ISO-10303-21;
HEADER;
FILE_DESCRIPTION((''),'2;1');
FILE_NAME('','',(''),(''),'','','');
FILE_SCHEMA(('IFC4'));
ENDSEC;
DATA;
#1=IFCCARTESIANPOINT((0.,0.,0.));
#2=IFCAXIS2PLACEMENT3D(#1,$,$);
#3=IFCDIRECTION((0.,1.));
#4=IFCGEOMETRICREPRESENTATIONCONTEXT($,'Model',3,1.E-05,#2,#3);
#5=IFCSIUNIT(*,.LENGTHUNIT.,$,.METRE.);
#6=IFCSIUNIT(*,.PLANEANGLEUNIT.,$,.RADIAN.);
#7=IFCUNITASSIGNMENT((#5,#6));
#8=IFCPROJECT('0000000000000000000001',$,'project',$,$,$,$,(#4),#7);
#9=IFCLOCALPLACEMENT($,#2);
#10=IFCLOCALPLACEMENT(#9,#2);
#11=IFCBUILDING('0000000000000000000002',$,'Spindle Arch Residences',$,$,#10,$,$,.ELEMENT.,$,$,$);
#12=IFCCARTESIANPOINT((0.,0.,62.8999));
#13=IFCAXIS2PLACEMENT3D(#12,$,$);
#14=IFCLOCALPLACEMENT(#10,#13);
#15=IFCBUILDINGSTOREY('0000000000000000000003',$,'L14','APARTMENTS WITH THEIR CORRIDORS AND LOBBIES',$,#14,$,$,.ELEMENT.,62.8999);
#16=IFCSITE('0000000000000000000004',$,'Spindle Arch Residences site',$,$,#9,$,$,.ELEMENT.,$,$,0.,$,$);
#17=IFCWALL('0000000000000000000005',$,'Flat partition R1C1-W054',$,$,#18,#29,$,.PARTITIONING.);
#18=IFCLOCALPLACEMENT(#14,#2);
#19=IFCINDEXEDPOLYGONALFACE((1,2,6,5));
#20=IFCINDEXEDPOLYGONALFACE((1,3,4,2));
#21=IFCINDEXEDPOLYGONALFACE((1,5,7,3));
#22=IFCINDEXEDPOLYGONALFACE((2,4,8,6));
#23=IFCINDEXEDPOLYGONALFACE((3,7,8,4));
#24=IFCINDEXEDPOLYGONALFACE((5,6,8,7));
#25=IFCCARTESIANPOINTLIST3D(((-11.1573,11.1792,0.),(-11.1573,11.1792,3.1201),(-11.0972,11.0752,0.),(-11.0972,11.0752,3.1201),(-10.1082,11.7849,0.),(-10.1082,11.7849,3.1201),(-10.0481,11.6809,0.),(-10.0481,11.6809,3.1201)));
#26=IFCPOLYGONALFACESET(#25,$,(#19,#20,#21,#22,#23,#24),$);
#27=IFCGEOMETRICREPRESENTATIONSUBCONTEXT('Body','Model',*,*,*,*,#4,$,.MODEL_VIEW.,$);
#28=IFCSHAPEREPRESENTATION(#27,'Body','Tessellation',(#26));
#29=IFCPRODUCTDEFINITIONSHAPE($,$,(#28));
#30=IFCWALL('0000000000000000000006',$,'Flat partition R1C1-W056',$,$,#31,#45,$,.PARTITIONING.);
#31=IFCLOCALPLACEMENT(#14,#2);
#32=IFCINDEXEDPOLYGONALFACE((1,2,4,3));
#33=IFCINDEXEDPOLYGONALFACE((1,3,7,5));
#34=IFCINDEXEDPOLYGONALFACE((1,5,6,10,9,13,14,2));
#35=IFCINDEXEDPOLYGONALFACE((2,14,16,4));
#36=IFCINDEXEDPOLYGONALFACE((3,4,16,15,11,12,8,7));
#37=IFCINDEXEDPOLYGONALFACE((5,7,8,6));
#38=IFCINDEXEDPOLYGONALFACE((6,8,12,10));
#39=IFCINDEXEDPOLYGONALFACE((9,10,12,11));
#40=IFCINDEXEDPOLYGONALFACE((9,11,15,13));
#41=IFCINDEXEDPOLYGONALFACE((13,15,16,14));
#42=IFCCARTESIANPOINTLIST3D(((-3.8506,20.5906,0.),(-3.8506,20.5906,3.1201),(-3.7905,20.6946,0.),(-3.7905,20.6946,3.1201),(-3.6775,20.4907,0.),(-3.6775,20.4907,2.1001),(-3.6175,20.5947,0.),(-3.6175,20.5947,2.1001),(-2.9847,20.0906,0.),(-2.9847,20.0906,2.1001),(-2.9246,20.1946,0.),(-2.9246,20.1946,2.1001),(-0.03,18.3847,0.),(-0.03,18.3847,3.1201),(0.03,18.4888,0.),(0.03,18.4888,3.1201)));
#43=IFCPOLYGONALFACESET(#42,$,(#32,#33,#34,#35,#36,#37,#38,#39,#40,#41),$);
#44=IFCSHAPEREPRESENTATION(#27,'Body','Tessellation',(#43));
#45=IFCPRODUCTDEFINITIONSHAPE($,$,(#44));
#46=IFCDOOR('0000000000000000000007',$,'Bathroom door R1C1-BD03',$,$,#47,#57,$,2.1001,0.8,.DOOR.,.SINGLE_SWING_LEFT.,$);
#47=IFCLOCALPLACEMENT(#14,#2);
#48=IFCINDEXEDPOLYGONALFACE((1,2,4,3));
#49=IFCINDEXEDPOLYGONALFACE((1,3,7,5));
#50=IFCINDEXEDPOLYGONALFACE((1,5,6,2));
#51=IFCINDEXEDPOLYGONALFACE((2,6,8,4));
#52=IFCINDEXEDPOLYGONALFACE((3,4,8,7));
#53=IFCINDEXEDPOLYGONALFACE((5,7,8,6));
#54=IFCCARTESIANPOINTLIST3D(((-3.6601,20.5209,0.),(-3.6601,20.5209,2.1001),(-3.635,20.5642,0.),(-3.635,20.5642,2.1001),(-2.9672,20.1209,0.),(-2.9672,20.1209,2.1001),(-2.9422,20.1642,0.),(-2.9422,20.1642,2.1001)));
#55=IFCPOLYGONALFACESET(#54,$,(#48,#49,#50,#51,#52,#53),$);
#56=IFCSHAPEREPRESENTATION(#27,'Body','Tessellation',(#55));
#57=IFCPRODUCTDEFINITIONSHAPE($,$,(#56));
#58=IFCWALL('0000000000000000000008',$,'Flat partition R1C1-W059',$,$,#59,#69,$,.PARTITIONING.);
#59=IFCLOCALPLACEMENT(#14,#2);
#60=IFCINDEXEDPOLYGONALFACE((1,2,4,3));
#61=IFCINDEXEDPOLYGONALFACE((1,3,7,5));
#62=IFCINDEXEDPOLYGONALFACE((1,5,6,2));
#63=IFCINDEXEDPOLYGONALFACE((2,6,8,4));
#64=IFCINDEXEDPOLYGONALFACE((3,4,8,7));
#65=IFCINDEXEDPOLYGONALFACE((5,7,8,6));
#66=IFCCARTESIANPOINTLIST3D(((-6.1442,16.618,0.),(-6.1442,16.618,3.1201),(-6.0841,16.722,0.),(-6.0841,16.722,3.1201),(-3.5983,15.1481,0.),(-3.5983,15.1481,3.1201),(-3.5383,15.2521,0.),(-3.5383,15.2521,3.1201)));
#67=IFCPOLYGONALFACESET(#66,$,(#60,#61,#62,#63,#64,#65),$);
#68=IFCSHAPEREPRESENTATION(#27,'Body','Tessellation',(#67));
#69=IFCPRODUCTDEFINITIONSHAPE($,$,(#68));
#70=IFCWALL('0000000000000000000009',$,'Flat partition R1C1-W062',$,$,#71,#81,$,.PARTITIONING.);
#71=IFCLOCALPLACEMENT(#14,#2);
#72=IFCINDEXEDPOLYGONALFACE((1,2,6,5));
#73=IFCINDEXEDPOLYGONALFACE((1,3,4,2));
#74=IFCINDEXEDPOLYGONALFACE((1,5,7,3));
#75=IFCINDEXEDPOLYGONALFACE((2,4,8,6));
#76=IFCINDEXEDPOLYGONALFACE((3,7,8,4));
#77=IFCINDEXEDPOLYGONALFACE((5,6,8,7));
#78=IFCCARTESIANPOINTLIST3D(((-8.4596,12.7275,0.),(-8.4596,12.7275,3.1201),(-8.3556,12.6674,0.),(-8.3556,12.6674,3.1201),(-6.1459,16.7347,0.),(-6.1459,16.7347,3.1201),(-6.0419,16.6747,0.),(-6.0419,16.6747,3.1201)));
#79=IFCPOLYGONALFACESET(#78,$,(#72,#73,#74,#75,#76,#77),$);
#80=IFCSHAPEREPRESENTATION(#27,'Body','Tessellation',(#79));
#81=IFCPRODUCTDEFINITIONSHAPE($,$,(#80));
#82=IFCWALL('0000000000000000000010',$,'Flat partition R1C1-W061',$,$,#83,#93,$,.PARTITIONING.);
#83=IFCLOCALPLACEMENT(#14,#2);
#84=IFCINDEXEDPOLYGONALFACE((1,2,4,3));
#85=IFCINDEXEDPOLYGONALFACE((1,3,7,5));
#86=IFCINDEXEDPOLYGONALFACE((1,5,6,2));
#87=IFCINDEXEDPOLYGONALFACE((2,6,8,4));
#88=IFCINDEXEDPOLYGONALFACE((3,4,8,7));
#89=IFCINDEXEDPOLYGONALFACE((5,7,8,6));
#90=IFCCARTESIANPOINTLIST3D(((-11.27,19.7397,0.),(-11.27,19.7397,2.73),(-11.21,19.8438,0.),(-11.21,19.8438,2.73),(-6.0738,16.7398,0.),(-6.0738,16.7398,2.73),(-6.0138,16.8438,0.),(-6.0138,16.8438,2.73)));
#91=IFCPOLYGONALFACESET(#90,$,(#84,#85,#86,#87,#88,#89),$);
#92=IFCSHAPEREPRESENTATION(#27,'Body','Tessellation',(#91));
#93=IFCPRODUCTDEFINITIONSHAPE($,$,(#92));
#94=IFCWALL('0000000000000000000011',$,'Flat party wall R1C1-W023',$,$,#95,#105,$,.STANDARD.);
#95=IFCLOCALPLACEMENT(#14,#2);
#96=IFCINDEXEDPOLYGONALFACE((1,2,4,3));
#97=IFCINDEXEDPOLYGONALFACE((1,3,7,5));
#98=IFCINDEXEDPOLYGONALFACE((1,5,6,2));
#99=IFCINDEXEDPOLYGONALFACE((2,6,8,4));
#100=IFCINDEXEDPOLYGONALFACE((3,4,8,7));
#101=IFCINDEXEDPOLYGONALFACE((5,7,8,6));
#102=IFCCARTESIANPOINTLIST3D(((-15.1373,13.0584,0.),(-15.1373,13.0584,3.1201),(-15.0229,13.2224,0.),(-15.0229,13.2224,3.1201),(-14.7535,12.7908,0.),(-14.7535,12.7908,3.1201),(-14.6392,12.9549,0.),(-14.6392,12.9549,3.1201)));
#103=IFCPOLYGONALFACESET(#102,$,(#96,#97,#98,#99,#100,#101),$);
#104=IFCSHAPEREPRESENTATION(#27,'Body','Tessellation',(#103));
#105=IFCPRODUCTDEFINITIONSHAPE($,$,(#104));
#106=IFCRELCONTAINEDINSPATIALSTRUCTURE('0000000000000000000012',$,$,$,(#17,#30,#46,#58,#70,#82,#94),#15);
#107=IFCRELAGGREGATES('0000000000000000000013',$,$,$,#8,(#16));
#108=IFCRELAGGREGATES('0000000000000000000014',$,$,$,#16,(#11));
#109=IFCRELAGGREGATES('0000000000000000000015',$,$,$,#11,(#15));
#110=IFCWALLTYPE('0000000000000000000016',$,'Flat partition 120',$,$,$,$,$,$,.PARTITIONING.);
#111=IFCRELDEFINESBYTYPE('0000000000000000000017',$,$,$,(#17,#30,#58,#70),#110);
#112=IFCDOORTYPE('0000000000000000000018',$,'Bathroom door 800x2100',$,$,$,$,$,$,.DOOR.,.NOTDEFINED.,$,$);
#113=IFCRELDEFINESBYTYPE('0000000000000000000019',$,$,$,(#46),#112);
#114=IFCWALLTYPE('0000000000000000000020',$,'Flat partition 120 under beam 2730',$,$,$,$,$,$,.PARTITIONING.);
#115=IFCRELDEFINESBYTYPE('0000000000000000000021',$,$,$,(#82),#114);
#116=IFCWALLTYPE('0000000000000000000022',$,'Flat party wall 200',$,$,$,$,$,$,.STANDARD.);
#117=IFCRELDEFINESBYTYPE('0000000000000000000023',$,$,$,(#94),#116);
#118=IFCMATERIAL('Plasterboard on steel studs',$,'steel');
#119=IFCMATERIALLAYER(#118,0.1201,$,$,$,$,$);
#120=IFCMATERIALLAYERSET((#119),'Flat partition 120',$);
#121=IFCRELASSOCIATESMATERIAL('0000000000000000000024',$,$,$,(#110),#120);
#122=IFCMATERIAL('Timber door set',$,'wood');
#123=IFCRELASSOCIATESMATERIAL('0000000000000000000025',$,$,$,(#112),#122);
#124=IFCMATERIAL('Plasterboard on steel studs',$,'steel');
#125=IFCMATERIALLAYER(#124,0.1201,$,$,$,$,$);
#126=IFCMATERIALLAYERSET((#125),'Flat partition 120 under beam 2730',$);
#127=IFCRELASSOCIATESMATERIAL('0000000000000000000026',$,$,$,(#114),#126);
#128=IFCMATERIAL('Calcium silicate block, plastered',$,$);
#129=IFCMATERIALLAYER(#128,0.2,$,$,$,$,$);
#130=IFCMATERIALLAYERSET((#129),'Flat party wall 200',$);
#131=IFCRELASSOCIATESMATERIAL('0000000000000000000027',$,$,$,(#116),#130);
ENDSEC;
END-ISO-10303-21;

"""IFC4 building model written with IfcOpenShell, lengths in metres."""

from ifc_helpers import new_model, si_unit, direction, frame, frame_2d, origin, place, context, subcontext, project, spatial, rectangle, extrude, material, layer, layer_set, type_object, element, fill, save


model = new_model("IFC4")

# Units and contexts
model_context = context("Model", 3, precision=1e-05, world=origin(), true_north=direction((0.0, 1.0)))
body_context = subcontext(model_context, "Body", "Model", "MODEL_VIEW")
ifc_project = project(units=[si_unit("LENGTHUNIT", "METRE"), si_unit("PLANEANGLEUNIT", "RADIAN")], contexts=[model_context])

# Site, building, storey
site_placement = place(None, origin())
site = spatial("IfcSite", under=ifc_project, at=site_placement, Name="Spindle Arch Residences site", CompositionType="ELEMENT", RefElevation=0.0)
building_placement = place(site_placement, origin())
building = spatial("IfcBuilding", under=site, at=building_placement, Name="Spindle Arch Residences", CompositionType="ELEMENT")
storey_placement = place(building_placement, frame((0.0, 0.0, 62.8999)))
storey = spatial("IfcBuildingStorey", under=building, at=storey_placement, Name="L14", Description="APARTMENTS WITH THEIR CORRIDORS AND LOBBIES", CompositionType="ELEMENT", Elevation=62.8999)

# Shared definitions
ifc_material_1 = material(Name="Plasterboard on steel studs", Category="steel")
ifc_layer_1 = layer(ifc_material_1, 0.1201)
ifc_layer_set_1 = layer_set([ifc_layer_1], Name="Flat partition 120")
wall_type_1 = type_object("IfcWallType", Name="Flat partition 120", PredefinedType="PARTITIONING", material=ifc_layer_set_1)
ifc_material_2 = material(Name="Timber door set", Category="wood")
door_type_1 = type_object("IfcDoorType", Name="Bathroom door 800x2100", OperationType="NOTDEFINED", PredefinedType="DOOR", material=ifc_material_2)

# Wall
wall_1_placement = place(storey_placement, frame((-10.0781, 11.7329, 0.0), z_axis=(0.0, 0.0, 1.0), x_axis=(-0.866014, -0.500019, 0.0)))
element("IfcWall", 1, at=wall_1_placement, inside=storey, type_object=wall_type_1, Name="Flat partition R1C1-W054", PredefinedType="PARTITIONING", context=body_context, shape_type="SweptSolid", body=[
    extrude(rectangle(XDim=1.2114, YDim=0.1201, at=frame_2d((0.6057, 0.0))), origin(), (0.0, 0.0, 1.0), 3.1201),
])

# Wall, opening, door
wall_2_placement = place(storey_placement, frame((-3.8206, 20.6426, 0.0), z_axis=(0.0, 0.0, 1.0), x_axis=(0.866024, -0.500002, 0.0)))
wall_2 = element("IfcWall", 2, at=wall_2_placement, inside=storey, type_object=wall_type_1, Name="Flat partition R1C1-W056", PredefinedType="PARTITIONING", context=body_context, shape_type="SweptSolid", body=[
    extrude(rectangle(XDim=4.4116, YDim=0.1201, at=frame_2d((2.2058, 0.0))), origin(), (0.0, 0.0, 1.0), 3.1201),
])
opening_1_placement = place(wall_2_placement, frame((0.2, 0.0, 0.0)))
opening_1 = element("IfcOpeningElement", 3, at=opening_1_placement, cuts=wall_2, PredefinedType="OPENING", context=body_context, shape_type="SweptSolid", body=[
    extrude(rectangle(XDim=0.8, YDim=2.1001, at=frame_2d((0.3999, 1.05))), frame((0.0, 0.0701, 0.0), z_axis=(0.0, -1.0, 0.0), x_axis=(1.0, 0.0, 0.0)), (0.0, 0.0, 1.0), 0.1401),
])
door_1_placement = place(opening_1_placement, origin())
door_1 = element("IfcDoor", 4, at=door_1_placement, inside=storey, type_object=door_type_1, Name="Bathroom door R1C1-BD03", OperationType="SINGLE_SWING_LEFT", OverallHeight=2.1001, OverallWidth=0.8, PredefinedType="DOOR", context=body_context, shape_type="SweptSolid", body=[
    extrude(rectangle(XDim=0.8, YDim=2.1001, at=frame_2d((0.3999, 1.05))), frame((0.0, 0.0249, 0.0), z_axis=(0.0, -1.0, 0.0), x_axis=(1.0, 0.0, 0.0)), (0.0, 0.0, 1.0), 0.05),
])
fill(opening_1, door_1)

# Walls
wall_3_placement = place(storey_placement, frame((-6.114, 16.6699, 0.0), z_axis=(0.0, 0.0, 1.0), x_axis=(0.866011, -0.500024, 0.0)))
element("IfcWall", 5, at=wall_3_placement, inside=storey, type_object=wall_type_1, Name="Flat partition R1C1-W059", PredefinedType="PARTITIONING", context=body_context, shape_type="SweptSolid", body=[
    extrude(rectangle(XDim=2.9397, YDim=0.1201, at=frame_2d((1.4697, 0.0))), origin(), (0.0, 0.0, 1.0), 3.1201),
])
wall_4_placement = place(storey_placement, frame((-6.094, 16.7046, 0.0), z_axis=(0.0, 0.0, 1.0), x_axis=(-0.500015, -0.866017, 0.0)))
element("IfcWall", 6, at=wall_4_placement, inside=storey, type_object=wall_type_1, Name="Flat partition R1C1-W062", PredefinedType="PARTITIONING", context=body_context, shape_type="SweptSolid", body=[
    extrude(rectangle(XDim=4.6272, YDim=0.1201, at=frame_2d((2.3135, 0.0))), origin(), (0.0, 0.0, 1.0), 3.1201),
])
ifc_material_3 = material(Name="Plasterboard on steel studs", Category="steel")
ifc_layer_2 = layer(ifc_material_3, 0.1201)
ifc_layer_set_2 = layer_set([ifc_layer_2], Name="Flat partition 120 under beam 2730")
wall_type_2 = type_object("IfcWallType", Name="Flat partition 120 under beam 2730", PredefinedType="PARTITIONING", material=ifc_layer_set_2)
wall_5_placement = place(storey_placement, frame((-11.24, 19.7917, 0.0), z_axis=(0.0, 0.0, 1.0), x_axis=(0.866031, -0.49999, 0.0)))
element("IfcWall", 7, at=wall_5_placement, inside=storey, type_object=wall_type_2, Name="Flat partition R1C1-W061", PredefinedType="PARTITIONING", context=body_context, shape_type="SweptSolid", body=[
    extrude(rectangle(XDim=6.0, YDim=0.1201, at=frame_2d((3.0, 0.0))), origin(), (0.0, 0.0, 1.0), 2.73),
])
ifc_material_4 = material(Name="Calcium silicate block, plastered")
ifc_layer_3 = layer(ifc_material_4, 0.2)
ifc_layer_set_3 = layer_set([ifc_layer_3], Name="Flat party wall 200")
wall_type_3 = type_object("IfcWallType", Name="Flat party wall 200", PredefinedType="STANDARD", material=ifc_layer_set_3)
wall_6_placement = place(storey_placement, frame((-15.0801, 13.1404, 0.0), z_axis=(0.0, 0.0, 1.0), x_axis=(0.820309, -0.57192, 0.0)))
element("IfcWall", 8, at=wall_6_placement, inside=storey, type_object=wall_type_3, Name="Flat party wall R1C1-W023", PredefinedType="STANDARD", context=body_context, shape_type="SweptSolid", body=[
    extrude(rectangle(XDim=0.4678, YDim=0.2, at=frame_2d((0.2339, 0.0))), origin(), (0.0, 0.0, 1.0), 3.1201),
])

save(model, "model.ifc")
